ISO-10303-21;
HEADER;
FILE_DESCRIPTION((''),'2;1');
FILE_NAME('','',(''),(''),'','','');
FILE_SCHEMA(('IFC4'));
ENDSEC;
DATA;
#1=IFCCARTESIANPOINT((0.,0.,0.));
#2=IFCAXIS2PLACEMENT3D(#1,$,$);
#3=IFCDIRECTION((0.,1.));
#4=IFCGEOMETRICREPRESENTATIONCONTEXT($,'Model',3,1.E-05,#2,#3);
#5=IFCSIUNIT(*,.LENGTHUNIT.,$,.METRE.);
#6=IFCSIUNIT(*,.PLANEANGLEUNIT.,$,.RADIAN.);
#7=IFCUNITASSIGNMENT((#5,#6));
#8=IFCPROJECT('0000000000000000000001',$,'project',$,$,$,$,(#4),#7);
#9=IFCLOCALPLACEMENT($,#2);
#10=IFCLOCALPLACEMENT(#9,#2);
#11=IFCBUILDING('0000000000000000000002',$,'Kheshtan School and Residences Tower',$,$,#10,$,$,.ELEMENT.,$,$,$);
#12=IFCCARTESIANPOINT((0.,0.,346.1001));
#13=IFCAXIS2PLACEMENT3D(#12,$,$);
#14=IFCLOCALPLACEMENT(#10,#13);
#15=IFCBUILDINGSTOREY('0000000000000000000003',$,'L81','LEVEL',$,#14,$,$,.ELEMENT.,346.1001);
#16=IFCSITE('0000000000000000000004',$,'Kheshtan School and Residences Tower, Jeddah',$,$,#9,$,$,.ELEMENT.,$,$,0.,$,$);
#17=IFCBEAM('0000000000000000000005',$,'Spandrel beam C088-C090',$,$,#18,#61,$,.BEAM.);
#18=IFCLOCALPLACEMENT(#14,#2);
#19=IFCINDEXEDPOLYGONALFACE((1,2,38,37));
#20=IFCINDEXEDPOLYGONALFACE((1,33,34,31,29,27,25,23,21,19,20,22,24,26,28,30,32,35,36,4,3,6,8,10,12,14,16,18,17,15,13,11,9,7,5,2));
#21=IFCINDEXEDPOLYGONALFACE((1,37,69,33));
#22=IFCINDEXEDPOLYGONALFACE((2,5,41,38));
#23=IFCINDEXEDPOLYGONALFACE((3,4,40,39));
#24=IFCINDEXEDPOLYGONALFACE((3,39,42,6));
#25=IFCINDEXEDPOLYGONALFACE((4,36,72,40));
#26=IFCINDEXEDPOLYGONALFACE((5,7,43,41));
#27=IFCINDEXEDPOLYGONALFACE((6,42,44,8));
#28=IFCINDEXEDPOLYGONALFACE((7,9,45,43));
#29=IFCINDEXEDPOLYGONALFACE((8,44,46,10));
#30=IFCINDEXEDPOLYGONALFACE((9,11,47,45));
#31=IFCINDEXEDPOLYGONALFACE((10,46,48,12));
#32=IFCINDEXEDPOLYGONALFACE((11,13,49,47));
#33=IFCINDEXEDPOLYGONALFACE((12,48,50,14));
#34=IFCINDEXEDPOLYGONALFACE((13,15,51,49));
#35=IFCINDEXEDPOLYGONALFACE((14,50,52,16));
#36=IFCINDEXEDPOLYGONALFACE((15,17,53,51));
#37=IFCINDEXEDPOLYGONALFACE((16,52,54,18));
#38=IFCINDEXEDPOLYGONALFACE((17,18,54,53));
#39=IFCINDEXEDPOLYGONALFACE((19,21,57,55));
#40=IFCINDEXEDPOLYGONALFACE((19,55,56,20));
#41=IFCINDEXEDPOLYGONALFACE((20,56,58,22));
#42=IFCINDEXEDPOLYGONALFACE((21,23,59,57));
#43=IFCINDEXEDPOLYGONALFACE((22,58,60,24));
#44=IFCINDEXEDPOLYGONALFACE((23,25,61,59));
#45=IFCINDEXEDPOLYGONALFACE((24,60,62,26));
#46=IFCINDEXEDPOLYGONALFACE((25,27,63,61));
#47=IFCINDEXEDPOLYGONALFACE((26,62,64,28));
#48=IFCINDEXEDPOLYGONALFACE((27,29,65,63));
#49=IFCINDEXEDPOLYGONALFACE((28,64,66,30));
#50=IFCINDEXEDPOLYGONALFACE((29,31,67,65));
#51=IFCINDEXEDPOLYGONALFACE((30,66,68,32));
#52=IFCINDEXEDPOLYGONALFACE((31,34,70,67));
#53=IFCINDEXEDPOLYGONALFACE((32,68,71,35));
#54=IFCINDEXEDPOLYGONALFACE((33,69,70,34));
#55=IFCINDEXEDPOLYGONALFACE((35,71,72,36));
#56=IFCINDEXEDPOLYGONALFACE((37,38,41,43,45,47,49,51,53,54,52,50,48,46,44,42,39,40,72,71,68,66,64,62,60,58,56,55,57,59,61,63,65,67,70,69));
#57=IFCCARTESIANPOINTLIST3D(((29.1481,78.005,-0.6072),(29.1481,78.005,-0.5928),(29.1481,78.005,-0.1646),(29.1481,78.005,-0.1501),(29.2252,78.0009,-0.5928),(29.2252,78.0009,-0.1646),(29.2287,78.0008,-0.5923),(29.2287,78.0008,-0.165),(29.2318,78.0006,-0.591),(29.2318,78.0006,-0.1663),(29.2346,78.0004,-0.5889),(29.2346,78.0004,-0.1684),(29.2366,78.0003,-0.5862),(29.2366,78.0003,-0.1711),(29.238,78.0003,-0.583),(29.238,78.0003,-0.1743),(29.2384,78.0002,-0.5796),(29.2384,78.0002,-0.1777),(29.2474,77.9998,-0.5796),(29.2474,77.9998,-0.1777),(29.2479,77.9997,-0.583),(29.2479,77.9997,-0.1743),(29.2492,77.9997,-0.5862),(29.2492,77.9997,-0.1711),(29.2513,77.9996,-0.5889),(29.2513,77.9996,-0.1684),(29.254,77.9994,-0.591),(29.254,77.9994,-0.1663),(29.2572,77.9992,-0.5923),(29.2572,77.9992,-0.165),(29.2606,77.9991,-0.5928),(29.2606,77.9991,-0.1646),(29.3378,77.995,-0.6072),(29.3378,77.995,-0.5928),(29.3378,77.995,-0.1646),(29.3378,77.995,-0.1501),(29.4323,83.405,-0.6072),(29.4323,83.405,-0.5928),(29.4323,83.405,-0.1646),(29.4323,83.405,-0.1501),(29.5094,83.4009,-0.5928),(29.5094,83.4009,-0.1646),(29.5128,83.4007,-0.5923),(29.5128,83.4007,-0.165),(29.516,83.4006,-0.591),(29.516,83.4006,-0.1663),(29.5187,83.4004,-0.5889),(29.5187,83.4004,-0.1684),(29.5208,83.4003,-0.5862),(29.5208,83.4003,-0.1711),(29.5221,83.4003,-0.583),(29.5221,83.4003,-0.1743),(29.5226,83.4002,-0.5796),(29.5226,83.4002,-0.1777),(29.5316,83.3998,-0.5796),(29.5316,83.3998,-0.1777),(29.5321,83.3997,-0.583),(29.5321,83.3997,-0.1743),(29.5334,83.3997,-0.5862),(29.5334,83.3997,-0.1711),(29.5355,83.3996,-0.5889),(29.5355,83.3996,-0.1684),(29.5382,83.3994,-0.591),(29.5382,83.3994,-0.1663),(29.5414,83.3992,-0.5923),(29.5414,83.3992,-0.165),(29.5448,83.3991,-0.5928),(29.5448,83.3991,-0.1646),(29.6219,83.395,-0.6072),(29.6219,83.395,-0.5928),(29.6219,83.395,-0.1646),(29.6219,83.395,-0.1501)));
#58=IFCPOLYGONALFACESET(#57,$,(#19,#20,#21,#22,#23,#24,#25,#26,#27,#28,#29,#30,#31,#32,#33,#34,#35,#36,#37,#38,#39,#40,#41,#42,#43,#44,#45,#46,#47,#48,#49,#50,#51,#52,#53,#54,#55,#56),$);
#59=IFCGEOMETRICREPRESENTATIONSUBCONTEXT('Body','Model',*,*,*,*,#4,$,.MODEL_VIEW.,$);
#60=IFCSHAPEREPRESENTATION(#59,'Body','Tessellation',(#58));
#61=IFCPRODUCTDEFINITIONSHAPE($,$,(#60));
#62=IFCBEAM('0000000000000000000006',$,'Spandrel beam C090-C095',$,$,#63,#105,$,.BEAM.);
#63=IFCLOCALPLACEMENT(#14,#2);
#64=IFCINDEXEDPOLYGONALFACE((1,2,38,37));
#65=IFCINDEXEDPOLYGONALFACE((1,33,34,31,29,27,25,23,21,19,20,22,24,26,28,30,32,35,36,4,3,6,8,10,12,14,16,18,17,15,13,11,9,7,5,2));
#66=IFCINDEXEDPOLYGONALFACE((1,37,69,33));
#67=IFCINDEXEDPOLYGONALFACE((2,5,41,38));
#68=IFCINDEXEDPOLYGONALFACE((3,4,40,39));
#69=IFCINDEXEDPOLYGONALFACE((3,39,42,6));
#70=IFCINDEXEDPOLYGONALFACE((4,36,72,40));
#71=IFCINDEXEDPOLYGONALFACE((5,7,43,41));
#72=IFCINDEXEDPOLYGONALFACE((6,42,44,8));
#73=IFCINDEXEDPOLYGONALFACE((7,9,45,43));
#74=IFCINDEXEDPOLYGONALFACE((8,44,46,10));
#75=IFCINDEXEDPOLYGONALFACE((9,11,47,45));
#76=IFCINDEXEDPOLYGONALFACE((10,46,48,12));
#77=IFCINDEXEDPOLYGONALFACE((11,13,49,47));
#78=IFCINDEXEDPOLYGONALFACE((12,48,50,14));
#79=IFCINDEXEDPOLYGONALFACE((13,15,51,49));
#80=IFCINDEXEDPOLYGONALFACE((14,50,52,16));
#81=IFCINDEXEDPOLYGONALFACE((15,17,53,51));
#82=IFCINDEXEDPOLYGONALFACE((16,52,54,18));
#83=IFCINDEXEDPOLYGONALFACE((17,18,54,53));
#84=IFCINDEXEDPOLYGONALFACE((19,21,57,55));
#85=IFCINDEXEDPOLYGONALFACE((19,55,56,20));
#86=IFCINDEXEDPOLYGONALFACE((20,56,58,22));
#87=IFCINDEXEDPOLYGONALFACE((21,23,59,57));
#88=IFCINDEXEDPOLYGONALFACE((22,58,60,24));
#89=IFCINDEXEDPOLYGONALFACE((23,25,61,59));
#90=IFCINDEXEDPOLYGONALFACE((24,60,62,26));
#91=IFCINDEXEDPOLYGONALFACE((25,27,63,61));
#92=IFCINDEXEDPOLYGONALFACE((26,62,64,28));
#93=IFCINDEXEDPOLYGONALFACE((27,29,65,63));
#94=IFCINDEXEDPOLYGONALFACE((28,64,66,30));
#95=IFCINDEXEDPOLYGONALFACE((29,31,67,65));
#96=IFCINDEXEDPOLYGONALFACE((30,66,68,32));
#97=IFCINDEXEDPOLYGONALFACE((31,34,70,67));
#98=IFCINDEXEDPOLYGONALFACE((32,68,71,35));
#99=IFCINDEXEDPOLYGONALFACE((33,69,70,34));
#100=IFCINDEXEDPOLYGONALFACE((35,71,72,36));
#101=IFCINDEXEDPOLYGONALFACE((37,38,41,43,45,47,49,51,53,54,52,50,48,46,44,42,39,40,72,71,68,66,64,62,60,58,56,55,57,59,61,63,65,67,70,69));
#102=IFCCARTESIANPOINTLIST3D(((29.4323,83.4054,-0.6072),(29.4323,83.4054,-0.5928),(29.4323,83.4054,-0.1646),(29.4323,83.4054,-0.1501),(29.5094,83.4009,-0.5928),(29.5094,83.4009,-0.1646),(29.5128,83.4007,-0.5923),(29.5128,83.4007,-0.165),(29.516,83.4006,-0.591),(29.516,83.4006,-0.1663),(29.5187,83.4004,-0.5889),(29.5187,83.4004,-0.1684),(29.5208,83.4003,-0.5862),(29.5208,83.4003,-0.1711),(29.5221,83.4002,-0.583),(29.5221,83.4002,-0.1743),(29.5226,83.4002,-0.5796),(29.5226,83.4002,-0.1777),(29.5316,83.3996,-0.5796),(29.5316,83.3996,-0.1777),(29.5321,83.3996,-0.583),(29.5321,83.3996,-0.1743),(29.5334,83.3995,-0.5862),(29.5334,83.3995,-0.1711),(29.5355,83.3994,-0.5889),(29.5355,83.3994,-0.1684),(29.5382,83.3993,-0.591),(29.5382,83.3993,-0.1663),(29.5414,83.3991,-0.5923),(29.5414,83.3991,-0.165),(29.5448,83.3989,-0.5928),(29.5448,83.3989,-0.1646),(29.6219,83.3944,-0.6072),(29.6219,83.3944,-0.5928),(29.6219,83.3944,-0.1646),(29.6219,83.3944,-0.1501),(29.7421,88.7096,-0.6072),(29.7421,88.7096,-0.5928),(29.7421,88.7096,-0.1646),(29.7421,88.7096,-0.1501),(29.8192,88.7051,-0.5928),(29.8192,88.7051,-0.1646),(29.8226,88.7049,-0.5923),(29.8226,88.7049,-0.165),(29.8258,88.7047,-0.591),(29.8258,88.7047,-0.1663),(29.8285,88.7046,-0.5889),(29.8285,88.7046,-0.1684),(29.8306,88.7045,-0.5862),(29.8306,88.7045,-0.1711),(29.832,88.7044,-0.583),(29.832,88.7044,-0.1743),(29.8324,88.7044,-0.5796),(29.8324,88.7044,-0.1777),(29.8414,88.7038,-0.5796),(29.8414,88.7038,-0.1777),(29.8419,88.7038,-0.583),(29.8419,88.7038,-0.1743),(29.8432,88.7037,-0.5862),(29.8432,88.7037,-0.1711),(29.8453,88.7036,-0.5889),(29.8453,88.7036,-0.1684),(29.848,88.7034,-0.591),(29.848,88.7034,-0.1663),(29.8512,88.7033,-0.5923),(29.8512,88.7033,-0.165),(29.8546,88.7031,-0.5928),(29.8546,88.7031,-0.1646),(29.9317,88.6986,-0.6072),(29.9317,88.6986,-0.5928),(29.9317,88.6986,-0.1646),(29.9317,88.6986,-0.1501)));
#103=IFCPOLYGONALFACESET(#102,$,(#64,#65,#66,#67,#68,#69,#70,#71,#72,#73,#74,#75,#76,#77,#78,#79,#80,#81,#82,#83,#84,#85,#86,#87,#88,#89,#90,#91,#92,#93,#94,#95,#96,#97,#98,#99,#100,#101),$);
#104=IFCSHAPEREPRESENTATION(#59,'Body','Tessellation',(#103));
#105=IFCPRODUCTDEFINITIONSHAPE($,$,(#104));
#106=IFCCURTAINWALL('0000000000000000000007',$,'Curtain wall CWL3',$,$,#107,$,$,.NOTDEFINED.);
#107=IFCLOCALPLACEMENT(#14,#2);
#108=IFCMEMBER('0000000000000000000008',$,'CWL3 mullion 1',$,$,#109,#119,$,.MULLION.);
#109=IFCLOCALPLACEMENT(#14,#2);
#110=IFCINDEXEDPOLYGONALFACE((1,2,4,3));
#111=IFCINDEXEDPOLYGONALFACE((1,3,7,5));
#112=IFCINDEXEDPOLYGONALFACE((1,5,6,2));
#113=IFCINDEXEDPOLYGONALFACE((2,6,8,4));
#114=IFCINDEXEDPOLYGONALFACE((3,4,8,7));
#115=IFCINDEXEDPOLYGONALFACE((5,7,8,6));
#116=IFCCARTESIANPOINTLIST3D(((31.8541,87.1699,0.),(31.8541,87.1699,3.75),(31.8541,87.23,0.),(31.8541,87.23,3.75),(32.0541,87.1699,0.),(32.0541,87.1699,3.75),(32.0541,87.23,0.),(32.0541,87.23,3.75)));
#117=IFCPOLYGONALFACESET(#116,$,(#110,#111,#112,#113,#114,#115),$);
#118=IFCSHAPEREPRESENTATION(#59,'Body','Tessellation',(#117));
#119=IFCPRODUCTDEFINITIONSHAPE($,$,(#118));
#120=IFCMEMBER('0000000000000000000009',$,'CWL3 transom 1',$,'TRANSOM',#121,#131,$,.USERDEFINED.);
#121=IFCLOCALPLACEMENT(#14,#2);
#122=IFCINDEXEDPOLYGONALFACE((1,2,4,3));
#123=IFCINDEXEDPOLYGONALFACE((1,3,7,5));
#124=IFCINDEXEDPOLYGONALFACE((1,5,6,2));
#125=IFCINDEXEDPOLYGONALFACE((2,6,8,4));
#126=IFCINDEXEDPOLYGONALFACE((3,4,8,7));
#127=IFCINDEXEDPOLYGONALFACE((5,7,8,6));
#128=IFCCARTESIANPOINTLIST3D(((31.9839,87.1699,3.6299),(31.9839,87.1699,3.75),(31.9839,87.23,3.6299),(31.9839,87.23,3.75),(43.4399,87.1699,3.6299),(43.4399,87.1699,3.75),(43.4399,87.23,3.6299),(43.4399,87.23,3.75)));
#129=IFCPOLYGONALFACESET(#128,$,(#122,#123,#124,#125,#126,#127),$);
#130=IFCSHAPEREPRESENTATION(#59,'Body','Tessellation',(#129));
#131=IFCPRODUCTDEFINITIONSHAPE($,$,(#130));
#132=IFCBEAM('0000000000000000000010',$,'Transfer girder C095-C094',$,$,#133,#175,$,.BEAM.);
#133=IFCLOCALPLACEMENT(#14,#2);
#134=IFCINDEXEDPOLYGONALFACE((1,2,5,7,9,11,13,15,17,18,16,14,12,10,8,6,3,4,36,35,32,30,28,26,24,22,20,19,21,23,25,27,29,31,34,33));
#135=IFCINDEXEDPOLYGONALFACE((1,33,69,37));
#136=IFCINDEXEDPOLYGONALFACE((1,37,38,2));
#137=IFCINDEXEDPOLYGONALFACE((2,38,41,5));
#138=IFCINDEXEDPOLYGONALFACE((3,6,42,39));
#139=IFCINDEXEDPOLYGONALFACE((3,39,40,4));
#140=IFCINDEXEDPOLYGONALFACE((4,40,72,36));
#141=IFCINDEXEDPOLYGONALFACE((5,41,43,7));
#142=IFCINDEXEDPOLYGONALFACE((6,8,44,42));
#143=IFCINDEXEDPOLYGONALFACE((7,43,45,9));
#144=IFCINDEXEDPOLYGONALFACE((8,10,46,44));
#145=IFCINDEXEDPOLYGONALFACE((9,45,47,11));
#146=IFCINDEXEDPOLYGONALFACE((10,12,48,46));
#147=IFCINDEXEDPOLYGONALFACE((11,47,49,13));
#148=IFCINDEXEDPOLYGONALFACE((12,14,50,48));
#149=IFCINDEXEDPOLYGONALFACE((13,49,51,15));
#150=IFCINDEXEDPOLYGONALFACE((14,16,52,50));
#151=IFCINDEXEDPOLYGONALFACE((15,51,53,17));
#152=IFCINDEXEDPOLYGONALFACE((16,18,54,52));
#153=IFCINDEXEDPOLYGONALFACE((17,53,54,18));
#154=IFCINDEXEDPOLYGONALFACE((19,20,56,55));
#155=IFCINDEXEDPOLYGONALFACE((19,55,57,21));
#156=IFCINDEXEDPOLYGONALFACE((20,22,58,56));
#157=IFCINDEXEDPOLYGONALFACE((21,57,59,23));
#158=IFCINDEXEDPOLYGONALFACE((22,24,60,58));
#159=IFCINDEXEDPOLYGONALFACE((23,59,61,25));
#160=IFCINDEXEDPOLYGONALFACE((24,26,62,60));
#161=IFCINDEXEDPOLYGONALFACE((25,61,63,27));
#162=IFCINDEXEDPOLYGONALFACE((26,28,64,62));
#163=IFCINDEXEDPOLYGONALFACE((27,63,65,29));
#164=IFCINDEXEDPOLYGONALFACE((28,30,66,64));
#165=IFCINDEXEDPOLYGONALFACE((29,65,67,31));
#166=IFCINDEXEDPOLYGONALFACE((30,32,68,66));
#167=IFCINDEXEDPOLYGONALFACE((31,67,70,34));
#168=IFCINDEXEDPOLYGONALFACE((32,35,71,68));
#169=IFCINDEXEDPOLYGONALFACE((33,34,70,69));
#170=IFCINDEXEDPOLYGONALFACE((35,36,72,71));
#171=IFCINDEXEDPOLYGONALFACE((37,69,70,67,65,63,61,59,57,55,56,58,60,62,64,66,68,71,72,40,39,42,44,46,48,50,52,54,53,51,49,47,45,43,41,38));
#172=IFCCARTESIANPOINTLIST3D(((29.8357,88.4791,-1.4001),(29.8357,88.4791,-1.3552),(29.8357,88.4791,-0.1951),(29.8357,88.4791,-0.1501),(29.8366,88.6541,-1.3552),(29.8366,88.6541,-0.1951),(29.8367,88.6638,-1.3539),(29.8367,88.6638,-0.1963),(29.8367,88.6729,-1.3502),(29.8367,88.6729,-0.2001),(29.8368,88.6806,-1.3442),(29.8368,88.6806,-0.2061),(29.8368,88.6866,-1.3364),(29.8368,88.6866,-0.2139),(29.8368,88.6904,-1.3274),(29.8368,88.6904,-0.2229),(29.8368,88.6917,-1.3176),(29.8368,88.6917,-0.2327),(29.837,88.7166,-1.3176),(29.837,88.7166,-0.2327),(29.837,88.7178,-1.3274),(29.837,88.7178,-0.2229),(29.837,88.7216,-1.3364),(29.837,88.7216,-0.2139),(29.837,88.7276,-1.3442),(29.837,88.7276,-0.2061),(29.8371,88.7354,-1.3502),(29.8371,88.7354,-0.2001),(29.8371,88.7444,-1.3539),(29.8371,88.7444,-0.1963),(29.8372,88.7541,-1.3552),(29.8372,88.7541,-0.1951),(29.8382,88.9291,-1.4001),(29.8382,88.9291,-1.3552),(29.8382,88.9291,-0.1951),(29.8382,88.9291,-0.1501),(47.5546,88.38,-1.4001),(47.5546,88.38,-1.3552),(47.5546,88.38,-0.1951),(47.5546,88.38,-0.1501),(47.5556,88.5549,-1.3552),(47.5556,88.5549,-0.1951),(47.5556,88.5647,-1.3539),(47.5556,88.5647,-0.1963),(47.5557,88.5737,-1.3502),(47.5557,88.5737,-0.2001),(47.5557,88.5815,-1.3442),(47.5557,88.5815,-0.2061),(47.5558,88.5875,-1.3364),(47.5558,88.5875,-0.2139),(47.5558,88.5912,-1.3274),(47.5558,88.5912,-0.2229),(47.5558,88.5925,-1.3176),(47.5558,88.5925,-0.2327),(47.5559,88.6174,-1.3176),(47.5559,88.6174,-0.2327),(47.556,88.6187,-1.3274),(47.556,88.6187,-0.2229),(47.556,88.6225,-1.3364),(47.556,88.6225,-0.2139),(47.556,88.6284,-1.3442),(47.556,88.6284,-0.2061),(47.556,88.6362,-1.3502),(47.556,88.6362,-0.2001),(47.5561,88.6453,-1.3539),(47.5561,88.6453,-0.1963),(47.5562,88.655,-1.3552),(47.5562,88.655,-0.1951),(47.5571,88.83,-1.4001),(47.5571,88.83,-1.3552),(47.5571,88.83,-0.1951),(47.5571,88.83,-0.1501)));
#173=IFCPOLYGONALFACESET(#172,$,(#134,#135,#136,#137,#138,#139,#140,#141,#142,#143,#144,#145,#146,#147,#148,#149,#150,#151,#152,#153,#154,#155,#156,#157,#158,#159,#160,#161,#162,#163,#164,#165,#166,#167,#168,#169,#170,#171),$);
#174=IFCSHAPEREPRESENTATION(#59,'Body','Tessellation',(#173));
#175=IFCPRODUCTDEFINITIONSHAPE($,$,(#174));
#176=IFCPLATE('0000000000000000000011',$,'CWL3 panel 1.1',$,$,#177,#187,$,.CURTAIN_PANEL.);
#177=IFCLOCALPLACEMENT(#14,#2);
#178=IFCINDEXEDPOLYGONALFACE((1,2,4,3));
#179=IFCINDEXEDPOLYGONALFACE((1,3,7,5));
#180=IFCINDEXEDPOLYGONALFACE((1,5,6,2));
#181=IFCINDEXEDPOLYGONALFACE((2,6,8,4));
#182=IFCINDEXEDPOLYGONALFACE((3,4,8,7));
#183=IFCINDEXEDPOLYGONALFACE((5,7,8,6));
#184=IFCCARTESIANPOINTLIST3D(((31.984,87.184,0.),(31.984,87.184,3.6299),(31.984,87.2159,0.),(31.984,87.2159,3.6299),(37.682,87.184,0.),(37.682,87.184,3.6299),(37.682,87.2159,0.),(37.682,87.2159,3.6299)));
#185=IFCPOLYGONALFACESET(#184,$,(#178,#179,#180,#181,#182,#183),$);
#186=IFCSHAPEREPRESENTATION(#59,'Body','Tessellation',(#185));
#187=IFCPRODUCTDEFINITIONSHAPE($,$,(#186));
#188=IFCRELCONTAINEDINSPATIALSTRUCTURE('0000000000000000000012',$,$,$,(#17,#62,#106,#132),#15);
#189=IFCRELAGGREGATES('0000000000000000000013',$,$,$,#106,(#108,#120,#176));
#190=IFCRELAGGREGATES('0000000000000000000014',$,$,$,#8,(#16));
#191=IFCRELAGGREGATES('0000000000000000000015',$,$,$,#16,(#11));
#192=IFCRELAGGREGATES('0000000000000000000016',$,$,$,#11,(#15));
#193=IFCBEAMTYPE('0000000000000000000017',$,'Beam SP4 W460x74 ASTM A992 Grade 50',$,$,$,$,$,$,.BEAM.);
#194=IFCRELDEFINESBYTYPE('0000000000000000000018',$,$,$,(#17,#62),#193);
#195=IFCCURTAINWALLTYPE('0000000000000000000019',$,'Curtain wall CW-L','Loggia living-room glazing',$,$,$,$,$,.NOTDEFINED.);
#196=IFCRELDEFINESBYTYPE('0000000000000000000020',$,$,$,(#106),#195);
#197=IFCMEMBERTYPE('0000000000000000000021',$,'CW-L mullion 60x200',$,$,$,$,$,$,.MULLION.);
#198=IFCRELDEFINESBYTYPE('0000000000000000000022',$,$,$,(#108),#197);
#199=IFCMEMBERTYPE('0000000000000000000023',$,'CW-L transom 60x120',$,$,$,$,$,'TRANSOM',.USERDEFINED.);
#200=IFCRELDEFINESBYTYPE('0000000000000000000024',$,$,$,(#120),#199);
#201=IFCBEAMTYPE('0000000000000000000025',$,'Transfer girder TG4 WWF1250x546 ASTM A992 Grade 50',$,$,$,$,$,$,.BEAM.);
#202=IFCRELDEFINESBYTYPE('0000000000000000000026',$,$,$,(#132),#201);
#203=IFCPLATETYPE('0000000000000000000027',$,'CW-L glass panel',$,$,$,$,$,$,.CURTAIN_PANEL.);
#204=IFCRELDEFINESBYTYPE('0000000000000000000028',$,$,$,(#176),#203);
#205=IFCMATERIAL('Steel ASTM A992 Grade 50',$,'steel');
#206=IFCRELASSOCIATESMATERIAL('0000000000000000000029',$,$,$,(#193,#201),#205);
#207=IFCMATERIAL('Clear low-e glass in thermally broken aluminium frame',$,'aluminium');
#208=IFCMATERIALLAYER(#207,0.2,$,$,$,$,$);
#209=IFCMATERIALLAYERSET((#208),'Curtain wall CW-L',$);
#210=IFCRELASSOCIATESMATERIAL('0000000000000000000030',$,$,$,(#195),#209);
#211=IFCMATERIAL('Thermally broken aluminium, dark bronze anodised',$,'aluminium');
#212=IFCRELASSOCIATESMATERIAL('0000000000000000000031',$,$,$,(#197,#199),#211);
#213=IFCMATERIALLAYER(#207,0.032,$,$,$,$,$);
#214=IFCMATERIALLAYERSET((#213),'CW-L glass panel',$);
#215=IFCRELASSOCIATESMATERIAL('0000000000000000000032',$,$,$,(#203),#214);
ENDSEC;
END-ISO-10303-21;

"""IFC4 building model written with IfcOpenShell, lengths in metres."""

from ifc_helpers import new_model, si_unit, direction, frame, origin, origin_2d, place, context, subcontext, project, spatial, rectangle, i_section, extrude, material, layer, layer_set, material_profile, profile_set, type_object, element, aggregate, save


model = new_model("IFC4")

# Units and contexts
model_context = context("Model", 3, precision=1e-05, world=origin(), true_north=direction((0.0, 1.0)))
body_context = subcontext(model_context, "Body", "Model", "MODEL_VIEW")
ifc_project = project(units=[si_unit("LENGTHUNIT", "METRE"), si_unit("PLANEANGLEUNIT", "RADIAN")], contexts=[model_context])

# Site, building, storey
site_placement = place(None, origin())
site = spatial("IfcSite", under=ifc_project, at=site_placement, Name="Kheshtan School and Residences Tower, Jeddah", CompositionType="ELEMENT", RefElevation=0.0)
building_placement = place(site_placement, origin())
building = spatial("IfcBuilding", under=site, at=building_placement, Name="Kheshtan School and Residences Tower", CompositionType="ELEMENT")
storey_placement = place(building_placement, frame((0.0, 0.0, 346.1001)))
storey = spatial("IfcBuildingStorey", under=building, at=storey_placement, Name="L81", Description="LEVEL", CompositionType="ELEMENT", Elevation=346.1001)

# Shared definitions
ifc_material_1 = material(Name="Steel ASTM A992 Grade 50", Category="steel")

# Beams
ifc_material_profile_1 = material_profile(ifc_material_1, i_section(OverallWidth=0.1899, OverallDepth=0.457, WebThickness=0.009, FlangeThickness=0.0144, FilletRadius=0.0132, at=origin_2d()), Name="W460x74")
ifc_profile_set_1 = profile_set([ifc_material_profile_1], Name="Steel ASTM A992 Grade 50")
beam_type_1 = type_object("IfcBeamType", Name="Beam SP4 W460x74 ASTM A992 Grade 50", PredefinedType="BEAM", material=ifc_profile_set_1)
beam_1_placement = place(storey_placement, frame((29.2429, 78.0, -0.3787), z_axis=(0.052554, 0.998618, 0.0), x_axis=(-0.998618, 0.052554, 0.0)))
element("IfcBeam", 1, at=beam_1_placement, inside=storey, type_object=beam_type_1, Name="Spandrel beam C088-C090", PredefinedType="BEAM", context=body_context, shape_type="SweptSolid", body=[
    extrude(i_section(OverallWidth=0.1899, OverallDepth=0.457, WebThickness=0.009, FlangeThickness=0.0144, FilletRadius=0.0132, at=origin_2d()), origin(), (0.0, 0.0, 1.0), 5.4075),
])
beam_2_placement = place(storey_placement, frame((29.5271, 83.3999, -0.3787), z_axis=(0.05831, 0.998299, 0.0), x_axis=(-0.998299, 0.05831, 0.0)))
element("IfcBeam", 2, at=beam_2_placement, inside=storey, type_object=beam_type_1, Name="Spandrel beam C090-C095", PredefinedType="BEAM", context=body_context, shape_type="SweptSolid", body=[
    extrude(i_section(OverallWidth=0.1899, OverallDepth=0.457, WebThickness=0.009, FlangeThickness=0.0144, FilletRadius=0.0132, at=origin_2d()), origin(), (0.0, 0.0, 1.0), 5.3132),
])

# Curtain wall, members
ifc_material_2 = material(Name="Clear low-e glass in thermally broken aluminium frame", Category="aluminium")
ifc_layer_1 = layer(ifc_material_2, 0.2)
ifc_layer_set_1 = layer_set([ifc_layer_1], Name="Curtain wall CW-L")
curtain_wall_type = type_object("IfcCurtainWallType", Name="Curtain wall CW-L", Description="Loggia living-room glazing", PredefinedType="NOTDEFINED", material=ifc_layer_set_1)
curtain_wall_placement = place(storey_placement, origin())
curtain_wall = element("IfcCurtainWall", 3, at=curtain_wall_placement, inside=storey, type_object=curtain_wall_type, Name="Curtain wall CWL3", PredefinedType="NOTDEFINED")
ifc_material_3 = material(Name="Thermally broken aluminium, dark bronze anodised", Category="aluminium")
ifc_material_profile_2 = material_profile(ifc_material_3, rectangle(XDim=0.0601, YDim=0.2, at=origin_2d()), Name="CW-L mullion 60x200")
ifc_profile_set_2 = profile_set([ifc_material_profile_2], Name="Thermally broken aluminium, dark bronze anodised")
member_type_1 = type_object("IfcMemberType", Name="CW-L mullion 60x200", PredefinedType="MULLION", material=ifc_profile_set_2)
member_1_placement = place(storey_placement, frame((31.9541, 87.2, 0.0), z_axis=(0.0, 0.0, 1.0), x_axis=(0.0, 1.0, 0.0)))
member_1 = element("IfcMember", 4, at=member_1_placement, type_object=member_type_1, Name="CWL3 mullion 1", PredefinedType="MULLION", context=body_context, shape_type="SweptSolid", body=[
    extrude(rectangle(XDim=0.0601, YDim=0.2, at=origin_2d()), origin(), (0.0, 0.0, 1.0), 3.75),
])
ifc_material_profile_3 = material_profile(ifc_material_3, rectangle(XDim=0.0601, YDim=0.1201, at=origin_2d()), Name="CW-L transom 60x120")
ifc_profile_set_3 = profile_set([ifc_material_profile_3], Name="Thermally broken aluminium, dark bronze anodised")
member_type_2 = type_object("IfcMemberType", Name="CW-L transom 60x120", ElementType="TRANSOM", PredefinedType="USERDEFINED", material=ifc_profile_set_3)
member_2_placement = place(storey_placement, frame((31.9839, 87.2, 3.6899), z_axis=(1.0, 0.0, 0.0), x_axis=(0.0, 1.0, 0.0)))
member_2 = element("IfcMember", 5, at=member_2_placement, type_object=member_type_2, Name="CWL3 transom 1", ObjectType="TRANSOM", PredefinedType="USERDEFINED", context=body_context, shape_type="SweptSolid", body=[
    extrude(rectangle(XDim=0.0601, YDim=0.1201, at=origin_2d()), origin(), (0.0, 0.0, 1.0), 11.4561),
])

# Beam
ifc_material_profile_4 = material_profile(ifc_material_1, i_section(OverallWidth=0.45, OverallDepth=1.25, WebThickness=0.0249, FlangeThickness=0.0449, FilletRadius=0.0376, at=origin_2d()), Name="WWF1250x546")
ifc_profile_set_4 = profile_set([ifc_material_profile_4], Name="Steel ASTM A992 Grade 50")
beam_type_2 = type_object("IfcBeamType", Name="Transfer girder TG4 WWF1250x546 ASTM A992 Grade 50", PredefinedType="BEAM", material=ifc_profile_set_4)
beam_3_placement = place(storey_placement, frame((29.8369, 88.7041, -0.7751), z_axis=(0.999984, -0.005594, 0.0), x_axis=(0.005594, 0.999984, 0.0)))
element("IfcBeam", 6, at=beam_3_placement, inside=storey, type_object=beam_type_2, Name="Transfer girder C095-C094", PredefinedType="BEAM", context=body_context, shape_type="SweptSolid", body=[
    extrude(i_section(OverallWidth=0.45, OverallDepth=1.25, WebThickness=0.0249, FlangeThickness=0.0449, FilletRadius=0.0376, at=origin_2d()), origin(), (0.0, 0.0, 1.0), 17.7192),
])

# Plate
ifc_layer_2 = layer(ifc_material_2, 0.032)
ifc_layer_set_2 = layer_set([ifc_layer_2], Name="CW-L glass panel")
plate_type = type_object("IfcPlateType", Name="CW-L glass panel", PredefinedType="CURTAIN_PANEL", material=ifc_layer_set_2)
plate_placement = place(storey_placement, frame((34.833, 87.2, 0.0), z_axis=(0.0, 0.0, 1.0), x_axis=(1.0, 0.0, 0.0)))
plate = element("IfcPlate", 7, at=plate_placement, type_object=plate_type, Name="CWL3 panel 1.1", PredefinedType="CURTAIN_PANEL", context=body_context, shape_type="SweptSolid", body=[
    extrude(rectangle(XDim=5.698, YDim=0.032, at=origin_2d()), origin(), (0.0, 0.0, 1.0), 3.6299),
])
aggregate(curtain_wall, [member_1, member_2, plate])

save(model, "model.ifc")
